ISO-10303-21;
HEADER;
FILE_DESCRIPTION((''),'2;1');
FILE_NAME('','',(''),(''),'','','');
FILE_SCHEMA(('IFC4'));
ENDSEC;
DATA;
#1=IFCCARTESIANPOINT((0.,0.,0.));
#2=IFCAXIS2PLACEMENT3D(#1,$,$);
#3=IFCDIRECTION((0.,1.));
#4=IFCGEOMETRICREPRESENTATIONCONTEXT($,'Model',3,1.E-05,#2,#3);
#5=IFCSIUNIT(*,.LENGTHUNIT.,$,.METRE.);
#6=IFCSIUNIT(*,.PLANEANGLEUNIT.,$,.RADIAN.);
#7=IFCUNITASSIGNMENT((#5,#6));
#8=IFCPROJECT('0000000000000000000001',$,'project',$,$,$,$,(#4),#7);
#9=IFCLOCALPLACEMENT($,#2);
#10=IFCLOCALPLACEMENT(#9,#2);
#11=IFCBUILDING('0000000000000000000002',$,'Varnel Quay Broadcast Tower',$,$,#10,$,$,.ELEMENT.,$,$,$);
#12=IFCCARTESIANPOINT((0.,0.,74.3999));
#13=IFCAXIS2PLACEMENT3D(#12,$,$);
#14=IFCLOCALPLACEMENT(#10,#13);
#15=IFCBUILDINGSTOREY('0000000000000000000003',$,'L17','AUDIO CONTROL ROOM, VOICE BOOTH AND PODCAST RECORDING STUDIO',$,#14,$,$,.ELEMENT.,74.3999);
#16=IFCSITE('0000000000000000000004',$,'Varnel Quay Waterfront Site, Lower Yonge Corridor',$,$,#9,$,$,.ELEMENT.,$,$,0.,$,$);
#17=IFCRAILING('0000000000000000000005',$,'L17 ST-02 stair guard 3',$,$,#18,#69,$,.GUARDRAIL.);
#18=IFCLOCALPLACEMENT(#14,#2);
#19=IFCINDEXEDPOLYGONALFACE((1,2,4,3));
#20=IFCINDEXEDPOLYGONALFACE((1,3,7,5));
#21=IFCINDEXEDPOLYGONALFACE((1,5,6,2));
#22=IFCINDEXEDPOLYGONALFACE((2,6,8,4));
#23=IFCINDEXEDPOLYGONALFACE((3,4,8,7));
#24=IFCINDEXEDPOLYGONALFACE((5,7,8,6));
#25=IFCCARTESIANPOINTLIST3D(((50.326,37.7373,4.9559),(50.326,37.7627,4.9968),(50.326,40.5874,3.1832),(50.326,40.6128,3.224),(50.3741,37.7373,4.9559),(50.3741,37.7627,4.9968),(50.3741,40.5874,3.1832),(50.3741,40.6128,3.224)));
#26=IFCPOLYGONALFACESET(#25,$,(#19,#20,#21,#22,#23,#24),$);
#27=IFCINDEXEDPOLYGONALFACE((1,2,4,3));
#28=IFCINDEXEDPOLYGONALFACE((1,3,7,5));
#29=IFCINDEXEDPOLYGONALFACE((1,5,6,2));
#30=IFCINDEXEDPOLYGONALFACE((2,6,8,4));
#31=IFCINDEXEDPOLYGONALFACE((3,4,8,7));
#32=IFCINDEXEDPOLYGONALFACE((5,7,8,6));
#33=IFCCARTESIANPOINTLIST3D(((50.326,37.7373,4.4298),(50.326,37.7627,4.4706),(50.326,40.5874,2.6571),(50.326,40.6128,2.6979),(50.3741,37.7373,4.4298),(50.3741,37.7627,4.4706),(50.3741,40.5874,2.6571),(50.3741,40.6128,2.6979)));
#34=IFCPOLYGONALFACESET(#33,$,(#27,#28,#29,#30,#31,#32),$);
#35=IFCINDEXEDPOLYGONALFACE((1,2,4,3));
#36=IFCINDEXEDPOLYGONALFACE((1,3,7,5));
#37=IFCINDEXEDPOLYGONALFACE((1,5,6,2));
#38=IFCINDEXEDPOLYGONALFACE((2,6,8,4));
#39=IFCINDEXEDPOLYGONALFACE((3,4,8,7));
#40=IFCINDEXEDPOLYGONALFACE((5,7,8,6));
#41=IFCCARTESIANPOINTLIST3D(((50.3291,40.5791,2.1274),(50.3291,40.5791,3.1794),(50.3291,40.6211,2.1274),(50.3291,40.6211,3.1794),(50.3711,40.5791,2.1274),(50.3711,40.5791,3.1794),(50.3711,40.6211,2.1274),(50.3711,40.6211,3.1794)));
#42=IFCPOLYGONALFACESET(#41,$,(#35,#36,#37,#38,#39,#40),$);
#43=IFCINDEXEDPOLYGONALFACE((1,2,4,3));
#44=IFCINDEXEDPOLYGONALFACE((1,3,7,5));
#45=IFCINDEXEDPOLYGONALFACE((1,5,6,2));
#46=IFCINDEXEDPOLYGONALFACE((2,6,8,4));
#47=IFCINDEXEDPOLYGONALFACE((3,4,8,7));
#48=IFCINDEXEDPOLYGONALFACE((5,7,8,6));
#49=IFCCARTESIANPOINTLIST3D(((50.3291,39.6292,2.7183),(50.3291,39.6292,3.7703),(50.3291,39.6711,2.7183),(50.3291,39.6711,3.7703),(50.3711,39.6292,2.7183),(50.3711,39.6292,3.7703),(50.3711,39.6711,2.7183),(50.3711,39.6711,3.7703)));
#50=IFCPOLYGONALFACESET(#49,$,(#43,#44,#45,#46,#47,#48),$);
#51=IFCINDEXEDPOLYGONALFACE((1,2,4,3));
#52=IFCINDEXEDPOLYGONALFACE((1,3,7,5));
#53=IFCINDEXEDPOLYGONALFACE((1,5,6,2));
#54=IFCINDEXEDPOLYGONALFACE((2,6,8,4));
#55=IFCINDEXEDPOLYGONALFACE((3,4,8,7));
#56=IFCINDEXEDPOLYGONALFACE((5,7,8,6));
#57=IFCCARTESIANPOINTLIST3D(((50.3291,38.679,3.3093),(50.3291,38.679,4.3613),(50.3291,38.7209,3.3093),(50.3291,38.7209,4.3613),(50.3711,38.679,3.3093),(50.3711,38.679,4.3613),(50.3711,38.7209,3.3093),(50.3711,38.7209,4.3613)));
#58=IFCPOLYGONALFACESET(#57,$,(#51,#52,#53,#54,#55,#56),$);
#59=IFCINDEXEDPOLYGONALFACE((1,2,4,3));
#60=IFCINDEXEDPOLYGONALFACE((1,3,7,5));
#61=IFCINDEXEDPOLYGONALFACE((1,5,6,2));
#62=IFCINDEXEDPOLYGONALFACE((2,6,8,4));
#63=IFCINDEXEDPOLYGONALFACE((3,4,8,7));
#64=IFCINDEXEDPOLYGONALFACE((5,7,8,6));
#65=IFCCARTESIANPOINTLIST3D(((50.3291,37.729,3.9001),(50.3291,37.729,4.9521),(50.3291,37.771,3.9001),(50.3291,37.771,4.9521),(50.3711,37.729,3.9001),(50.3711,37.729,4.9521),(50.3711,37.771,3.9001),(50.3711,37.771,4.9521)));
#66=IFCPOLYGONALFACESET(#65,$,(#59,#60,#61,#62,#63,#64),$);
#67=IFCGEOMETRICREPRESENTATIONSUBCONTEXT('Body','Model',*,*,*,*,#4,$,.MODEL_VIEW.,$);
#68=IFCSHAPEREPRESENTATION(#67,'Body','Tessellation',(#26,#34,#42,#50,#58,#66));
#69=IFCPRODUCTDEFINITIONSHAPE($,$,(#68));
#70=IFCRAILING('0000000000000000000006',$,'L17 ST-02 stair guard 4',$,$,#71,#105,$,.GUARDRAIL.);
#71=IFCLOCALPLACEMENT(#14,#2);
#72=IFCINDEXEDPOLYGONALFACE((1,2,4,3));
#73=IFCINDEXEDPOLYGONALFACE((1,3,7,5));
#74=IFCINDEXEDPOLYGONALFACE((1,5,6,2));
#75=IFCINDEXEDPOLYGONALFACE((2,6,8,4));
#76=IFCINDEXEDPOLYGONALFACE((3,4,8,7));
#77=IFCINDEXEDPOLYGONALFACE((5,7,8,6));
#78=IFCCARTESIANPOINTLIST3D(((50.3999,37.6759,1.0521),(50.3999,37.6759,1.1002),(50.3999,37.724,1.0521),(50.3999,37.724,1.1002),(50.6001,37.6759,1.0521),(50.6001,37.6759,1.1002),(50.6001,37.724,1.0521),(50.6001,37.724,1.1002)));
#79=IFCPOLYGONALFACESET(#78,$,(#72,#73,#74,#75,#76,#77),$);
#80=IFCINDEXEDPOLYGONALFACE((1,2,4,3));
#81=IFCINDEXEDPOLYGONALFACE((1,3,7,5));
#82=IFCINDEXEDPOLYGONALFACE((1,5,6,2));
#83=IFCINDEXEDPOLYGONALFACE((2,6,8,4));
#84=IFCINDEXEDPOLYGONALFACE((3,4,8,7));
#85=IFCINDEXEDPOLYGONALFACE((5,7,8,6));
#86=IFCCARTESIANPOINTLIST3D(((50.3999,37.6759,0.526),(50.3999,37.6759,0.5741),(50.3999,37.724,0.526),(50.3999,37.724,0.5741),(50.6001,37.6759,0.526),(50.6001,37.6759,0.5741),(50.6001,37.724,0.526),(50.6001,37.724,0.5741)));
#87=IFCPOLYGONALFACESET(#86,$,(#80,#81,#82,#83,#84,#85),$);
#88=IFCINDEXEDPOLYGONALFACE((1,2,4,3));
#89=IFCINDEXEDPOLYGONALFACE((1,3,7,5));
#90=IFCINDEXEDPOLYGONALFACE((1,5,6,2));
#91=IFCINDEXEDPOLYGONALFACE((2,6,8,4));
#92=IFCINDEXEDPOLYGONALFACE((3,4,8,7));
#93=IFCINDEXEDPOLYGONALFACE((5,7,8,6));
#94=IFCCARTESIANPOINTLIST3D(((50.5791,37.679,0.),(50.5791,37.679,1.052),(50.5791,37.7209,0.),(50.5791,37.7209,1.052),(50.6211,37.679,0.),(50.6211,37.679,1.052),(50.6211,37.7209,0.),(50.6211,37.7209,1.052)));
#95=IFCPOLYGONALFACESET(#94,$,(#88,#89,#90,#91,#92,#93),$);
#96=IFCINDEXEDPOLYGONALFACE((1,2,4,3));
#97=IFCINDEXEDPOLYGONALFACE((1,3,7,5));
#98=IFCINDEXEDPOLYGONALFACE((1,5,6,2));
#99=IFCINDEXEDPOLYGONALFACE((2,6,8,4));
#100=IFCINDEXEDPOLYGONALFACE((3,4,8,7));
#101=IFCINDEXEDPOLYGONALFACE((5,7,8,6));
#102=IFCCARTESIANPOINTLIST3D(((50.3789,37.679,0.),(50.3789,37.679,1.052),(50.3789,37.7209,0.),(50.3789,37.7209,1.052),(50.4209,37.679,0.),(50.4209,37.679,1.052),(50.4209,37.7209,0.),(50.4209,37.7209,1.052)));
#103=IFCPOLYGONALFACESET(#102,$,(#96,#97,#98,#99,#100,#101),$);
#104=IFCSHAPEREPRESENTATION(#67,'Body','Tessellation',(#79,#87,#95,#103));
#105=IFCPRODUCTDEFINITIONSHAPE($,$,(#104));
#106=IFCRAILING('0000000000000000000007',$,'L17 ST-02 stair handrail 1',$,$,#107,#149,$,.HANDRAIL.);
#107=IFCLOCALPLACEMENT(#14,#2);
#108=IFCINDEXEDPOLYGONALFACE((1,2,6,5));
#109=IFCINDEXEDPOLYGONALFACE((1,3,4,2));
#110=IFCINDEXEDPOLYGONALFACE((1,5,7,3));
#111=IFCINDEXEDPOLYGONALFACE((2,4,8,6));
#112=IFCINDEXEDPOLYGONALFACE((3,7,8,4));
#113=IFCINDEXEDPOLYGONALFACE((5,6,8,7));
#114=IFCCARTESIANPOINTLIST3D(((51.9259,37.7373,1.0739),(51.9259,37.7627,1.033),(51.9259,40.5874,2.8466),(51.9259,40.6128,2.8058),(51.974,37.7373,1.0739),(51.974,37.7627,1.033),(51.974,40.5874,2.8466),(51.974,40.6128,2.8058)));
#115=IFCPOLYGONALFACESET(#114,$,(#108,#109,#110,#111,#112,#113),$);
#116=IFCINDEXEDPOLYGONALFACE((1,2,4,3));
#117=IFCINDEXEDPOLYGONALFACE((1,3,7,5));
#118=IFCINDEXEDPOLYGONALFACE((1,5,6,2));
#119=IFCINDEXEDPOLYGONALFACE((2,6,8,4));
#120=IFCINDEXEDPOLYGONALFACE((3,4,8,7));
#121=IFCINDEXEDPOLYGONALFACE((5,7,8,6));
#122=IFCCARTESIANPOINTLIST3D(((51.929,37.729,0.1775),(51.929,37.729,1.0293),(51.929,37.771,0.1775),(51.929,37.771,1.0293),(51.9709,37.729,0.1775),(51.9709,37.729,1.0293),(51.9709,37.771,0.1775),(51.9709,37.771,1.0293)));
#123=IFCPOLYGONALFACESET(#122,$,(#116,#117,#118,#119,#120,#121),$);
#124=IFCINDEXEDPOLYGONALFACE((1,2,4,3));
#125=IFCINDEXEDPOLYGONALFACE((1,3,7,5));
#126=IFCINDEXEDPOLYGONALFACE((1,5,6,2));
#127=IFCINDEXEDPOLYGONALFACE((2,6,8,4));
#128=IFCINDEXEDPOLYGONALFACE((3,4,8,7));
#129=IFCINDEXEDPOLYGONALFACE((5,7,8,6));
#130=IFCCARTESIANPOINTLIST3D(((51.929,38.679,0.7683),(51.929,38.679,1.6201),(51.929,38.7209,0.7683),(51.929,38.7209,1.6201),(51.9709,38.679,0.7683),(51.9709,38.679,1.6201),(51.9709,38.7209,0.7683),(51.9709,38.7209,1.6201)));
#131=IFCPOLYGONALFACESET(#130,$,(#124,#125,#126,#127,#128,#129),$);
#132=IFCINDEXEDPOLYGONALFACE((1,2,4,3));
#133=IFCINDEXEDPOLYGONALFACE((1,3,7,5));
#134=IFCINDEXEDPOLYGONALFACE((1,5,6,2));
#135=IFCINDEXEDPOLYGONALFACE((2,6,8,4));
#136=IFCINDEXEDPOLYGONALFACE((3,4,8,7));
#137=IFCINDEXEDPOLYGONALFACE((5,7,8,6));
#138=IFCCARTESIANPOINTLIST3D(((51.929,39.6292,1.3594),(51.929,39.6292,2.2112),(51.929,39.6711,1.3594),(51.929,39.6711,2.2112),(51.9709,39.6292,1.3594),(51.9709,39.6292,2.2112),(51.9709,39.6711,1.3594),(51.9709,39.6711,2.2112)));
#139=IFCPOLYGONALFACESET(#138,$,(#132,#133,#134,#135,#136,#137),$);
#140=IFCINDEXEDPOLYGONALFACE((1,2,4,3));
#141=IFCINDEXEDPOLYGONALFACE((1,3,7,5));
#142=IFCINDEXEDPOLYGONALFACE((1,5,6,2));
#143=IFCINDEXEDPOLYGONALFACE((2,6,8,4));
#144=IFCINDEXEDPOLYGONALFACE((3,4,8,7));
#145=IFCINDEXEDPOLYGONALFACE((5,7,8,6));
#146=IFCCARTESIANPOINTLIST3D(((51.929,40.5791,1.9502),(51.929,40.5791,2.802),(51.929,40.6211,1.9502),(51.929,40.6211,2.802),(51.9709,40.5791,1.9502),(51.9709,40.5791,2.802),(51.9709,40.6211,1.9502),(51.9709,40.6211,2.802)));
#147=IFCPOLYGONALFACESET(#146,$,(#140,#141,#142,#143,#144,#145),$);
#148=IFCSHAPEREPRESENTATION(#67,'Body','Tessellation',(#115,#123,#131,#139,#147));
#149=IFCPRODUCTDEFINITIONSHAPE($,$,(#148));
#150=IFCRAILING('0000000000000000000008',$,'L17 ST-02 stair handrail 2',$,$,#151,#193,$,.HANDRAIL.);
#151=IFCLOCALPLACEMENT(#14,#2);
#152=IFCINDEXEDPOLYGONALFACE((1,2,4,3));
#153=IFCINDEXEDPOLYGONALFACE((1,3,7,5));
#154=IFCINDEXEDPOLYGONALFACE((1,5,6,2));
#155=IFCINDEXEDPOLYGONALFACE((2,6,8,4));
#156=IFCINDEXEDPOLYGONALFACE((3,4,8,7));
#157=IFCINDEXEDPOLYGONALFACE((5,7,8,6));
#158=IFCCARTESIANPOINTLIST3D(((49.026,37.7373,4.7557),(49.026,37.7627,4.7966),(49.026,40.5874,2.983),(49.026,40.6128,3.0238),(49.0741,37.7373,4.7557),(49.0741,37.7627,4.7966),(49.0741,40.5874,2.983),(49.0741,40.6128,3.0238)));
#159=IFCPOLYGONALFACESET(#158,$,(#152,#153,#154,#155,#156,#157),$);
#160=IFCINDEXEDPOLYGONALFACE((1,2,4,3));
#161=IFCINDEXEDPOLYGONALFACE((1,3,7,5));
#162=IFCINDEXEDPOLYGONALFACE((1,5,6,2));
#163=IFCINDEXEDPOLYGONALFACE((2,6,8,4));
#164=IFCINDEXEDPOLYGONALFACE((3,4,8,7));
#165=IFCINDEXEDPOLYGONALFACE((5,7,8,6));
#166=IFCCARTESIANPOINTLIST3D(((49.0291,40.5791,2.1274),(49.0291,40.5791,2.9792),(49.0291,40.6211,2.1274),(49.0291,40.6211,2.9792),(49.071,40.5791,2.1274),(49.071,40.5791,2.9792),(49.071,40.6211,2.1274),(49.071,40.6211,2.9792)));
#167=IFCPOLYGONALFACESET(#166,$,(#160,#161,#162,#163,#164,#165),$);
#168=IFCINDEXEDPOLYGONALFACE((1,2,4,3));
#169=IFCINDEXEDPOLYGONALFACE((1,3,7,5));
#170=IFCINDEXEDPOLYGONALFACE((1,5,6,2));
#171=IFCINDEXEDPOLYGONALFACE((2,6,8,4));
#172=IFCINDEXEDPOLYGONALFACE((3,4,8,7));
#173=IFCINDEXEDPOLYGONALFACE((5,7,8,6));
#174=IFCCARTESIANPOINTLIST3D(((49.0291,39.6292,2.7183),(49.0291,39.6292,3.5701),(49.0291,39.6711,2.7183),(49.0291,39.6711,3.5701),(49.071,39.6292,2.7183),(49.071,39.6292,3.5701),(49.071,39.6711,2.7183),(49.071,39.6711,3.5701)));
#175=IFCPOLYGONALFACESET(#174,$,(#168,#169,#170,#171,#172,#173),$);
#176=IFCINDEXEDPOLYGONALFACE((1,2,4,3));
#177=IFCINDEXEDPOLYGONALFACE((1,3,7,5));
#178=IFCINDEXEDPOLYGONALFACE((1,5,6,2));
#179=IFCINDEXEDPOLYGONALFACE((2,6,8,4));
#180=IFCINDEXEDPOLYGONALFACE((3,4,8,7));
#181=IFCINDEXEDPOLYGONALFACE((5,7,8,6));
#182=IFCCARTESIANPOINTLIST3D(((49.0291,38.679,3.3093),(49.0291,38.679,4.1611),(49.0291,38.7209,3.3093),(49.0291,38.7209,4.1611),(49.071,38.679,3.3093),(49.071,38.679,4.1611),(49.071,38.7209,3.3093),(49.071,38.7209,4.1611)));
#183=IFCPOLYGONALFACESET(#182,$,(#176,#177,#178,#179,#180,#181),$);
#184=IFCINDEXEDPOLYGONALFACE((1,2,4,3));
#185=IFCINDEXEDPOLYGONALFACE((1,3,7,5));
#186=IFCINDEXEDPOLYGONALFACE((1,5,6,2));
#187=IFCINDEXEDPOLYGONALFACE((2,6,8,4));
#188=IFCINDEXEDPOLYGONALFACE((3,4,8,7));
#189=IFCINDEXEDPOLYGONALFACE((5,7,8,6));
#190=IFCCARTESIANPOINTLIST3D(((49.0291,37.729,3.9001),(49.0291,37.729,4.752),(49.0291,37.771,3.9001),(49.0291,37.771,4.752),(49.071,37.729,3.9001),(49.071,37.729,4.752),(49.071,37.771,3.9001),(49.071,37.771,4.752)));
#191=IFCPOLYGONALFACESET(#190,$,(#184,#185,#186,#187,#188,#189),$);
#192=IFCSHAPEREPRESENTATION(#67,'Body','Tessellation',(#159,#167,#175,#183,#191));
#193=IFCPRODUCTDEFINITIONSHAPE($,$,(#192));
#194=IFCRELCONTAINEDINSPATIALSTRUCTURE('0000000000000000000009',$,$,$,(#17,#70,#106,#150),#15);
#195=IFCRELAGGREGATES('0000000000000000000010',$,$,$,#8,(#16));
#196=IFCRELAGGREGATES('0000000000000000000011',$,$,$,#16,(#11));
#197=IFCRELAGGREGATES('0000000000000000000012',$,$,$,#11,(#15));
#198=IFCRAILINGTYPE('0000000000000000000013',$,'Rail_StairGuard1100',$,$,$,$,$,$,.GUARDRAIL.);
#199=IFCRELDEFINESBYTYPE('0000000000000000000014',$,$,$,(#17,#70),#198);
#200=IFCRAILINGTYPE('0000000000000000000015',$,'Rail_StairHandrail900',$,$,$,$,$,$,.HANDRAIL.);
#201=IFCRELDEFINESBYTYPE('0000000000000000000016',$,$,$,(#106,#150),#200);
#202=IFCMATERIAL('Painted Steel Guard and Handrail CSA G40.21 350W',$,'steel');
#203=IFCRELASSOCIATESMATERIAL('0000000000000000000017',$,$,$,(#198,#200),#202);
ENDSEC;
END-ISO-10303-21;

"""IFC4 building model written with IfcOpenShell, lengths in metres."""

from ifc_helpers import new_model, si_unit, direction, frame, origin, origin_2d, place, context, subcontext, project, spatial, rectangle, extrude, material, type_object, element, save


model = new_model("IFC4")

# Units and contexts
model_context = context("Model", 3, precision=1e-05, world=origin(), true_north=direction((0.0, 1.0)))
body_context = subcontext(model_context, "Body", "Model", "MODEL_VIEW")
ifc_project = project(units=[si_unit("LENGTHUNIT", "METRE"), si_unit("PLANEANGLEUNIT", "RADIAN")], contexts=[model_context])

# Site, building, storey
site_placement = place(None, origin())
site = spatial("IfcSite", under=ifc_project, at=site_placement, Name="Varnel Quay Waterfront Site, Lower Yonge Corridor", CompositionType="ELEMENT", RefElevation=0.0)
building_placement = place(site_placement, origin())
building = spatial("IfcBuilding", under=site, at=building_placement, Name="Varnel Quay Broadcast Tower", CompositionType="ELEMENT")
storey_placement = place(building_placement, frame((0.0, 0.0, 74.3999)))
storey = spatial("IfcBuildingStorey", under=building, at=storey_placement, Name="L17", Description="AUDIO CONTROL ROOM, VOICE BOOTH AND PODCAST RECORDING STUDIO", CompositionType="ELEMENT", Elevation=74.3999)

# Railings
ifc_material_1 = material(Name="Painted Steel Guard and Handrail CSA G40.21 350W", Category="steel")
railing_type_1 = type_object("IfcRailingType", Name="Rail_StairGuard1100", PredefinedType="GUARDRAIL", material=ifc_material_1)
railing_1_placement = place(storey_placement, frame((50.3501, 40.6001, 2.1274)))
element("IfcRailing", 1, at=railing_1_placement, inside=storey, type_object=railing_type_1, Name="L17 ST-02 stair guard 3", PredefinedType="GUARDRAIL", context=body_context, shape_type="SweptSolid", body=[
    extrude(rectangle(XDim=0.0481, YDim=0.0481, at=origin_2d()), frame((0.0, 0.0, 1.0762), z_axis=(0.0, -0.849149, 0.528154), x_axis=(1.0, 0.0, 0.0)), (0.0, 0.0, 1.0), 3.3564),
    extrude(rectangle(XDim=0.0481, YDim=0.0481, at=origin_2d()), frame((0.0, 0.0, 0.55), z_axis=(0.0, -0.849149, 0.528154), x_axis=(1.0, 0.0, 0.0)), (0.0, 0.0, 1.0), 3.3564),
    extrude(rectangle(XDim=0.042, YDim=0.042, at=origin_2d()), origin(), (0.0, 0.0, 1.0), 1.052),
    extrude(rectangle(XDim=0.042, YDim=0.042, at=origin_2d()), frame((0.0, -0.95, 0.5908)), (0.0, 0.0, 1.0), 1.052),
    extrude(rectangle(XDim=0.042, YDim=0.042, at=origin_2d()), frame((0.0, -1.9001, 1.1819)), (0.0, 0.0, 1.0), 1.052),
    extrude(rectangle(XDim=0.042, YDim=0.042, at=origin_2d()), frame((0.0, -2.8501, 1.7727)), (0.0, 0.0, 1.0), 1.052),
])
railing_2_placement = place(storey_placement, frame((50.6001, 37.7, 0.0)))
element("IfcRailing", 2, at=railing_2_placement, inside=storey, type_object=railing_type_1, Name="L17 ST-02 stair guard 4", PredefinedType="GUARDRAIL", context=body_context, shape_type="SweptSolid", body=[
    extrude(rectangle(XDim=0.0481, YDim=0.0481, at=origin_2d()), frame((0.0, 0.0, 1.0762), z_axis=(-1.0, 0.0, 0.0), x_axis=(0.0, -1.0, 0.0)), (0.0, 0.0, 1.0), 0.2002),
    extrude(rectangle(XDim=0.0481, YDim=0.0481, at=origin_2d()), frame((0.0, 0.0, 0.55), z_axis=(-1.0, 0.0, 0.0), x_axis=(0.0, -1.0, 0.0)), (0.0, 0.0, 1.0), 0.2002),
    extrude(rectangle(XDim=0.042, YDim=0.042, at=origin_2d()), origin(), (0.0, 0.0, 1.0), 1.052),
    extrude(rectangle(XDim=0.042, YDim=0.042, at=origin_2d()), frame((-0.2002, 0.0, 0.0)), (0.0, 0.0, 1.0), 1.052),
])
railing_type_2 = type_object("IfcRailingType", Name="Rail_StairHandrail900", PredefinedType="HANDRAIL", material=ifc_material_1)
railing_3_placement = place(storey_placement, frame((51.95, 37.75, 0.1775)))
element("IfcRailing", 3, at=railing_3_placement, inside=storey, type_object=railing_type_2, Name="L17 ST-02 stair handrail 1", PredefinedType="HANDRAIL", context=body_context, shape_type="SweptSolid", body=[
    extrude(rectangle(XDim=0.0481, YDim=0.0481, at=origin_2d()), frame((0.0, 0.0, 0.876), z_axis=(0.0, 0.849149, 0.528154), x_axis=(-1.0, 0.0, 0.0)), (0.0, 0.0, 1.0), 3.3564),
    extrude(rectangle(XDim=0.042, YDim=0.042, at=origin_2d()), origin(), (0.0, 0.0, 1.0), 0.8518),
    extrude(rectangle(XDim=0.042, YDim=0.042, at=origin_2d()), frame((0.0, 0.95, 0.5908)), (0.0, 0.0, 1.0), 0.8518),
    extrude(rectangle(XDim=0.042, YDim=0.042, at=origin_2d()), frame((0.0, 1.9001, 1.1819)), (0.0, 0.0, 1.0), 0.8518),
    extrude(rectangle(XDim=0.042, YDim=0.042, at=origin_2d()), frame((0.0, 2.8501, 1.7727)), (0.0, 0.0, 1.0), 0.8518),
])
railing_4_placement = place(storey_placement, frame((49.05, 40.6001, 2.1274)))
element("IfcRailing", 4, at=railing_4_placement, inside=storey, type_object=railing_type_2, Name="L17 ST-02 stair handrail 2", PredefinedType="HANDRAIL", context=body_context, shape_type="SweptSolid", body=[
    extrude(rectangle(XDim=0.0481, YDim=0.0481, at=origin_2d()), frame((0.0, 0.0, 0.876), z_axis=(0.0, -0.849149, 0.528154), x_axis=(1.0, 0.0, 0.0)), (0.0, 0.0, 1.0), 3.3564),
    extrude(rectangle(XDim=0.042, YDim=0.042, at=origin_2d()), origin(), (0.0, 0.0, 1.0), 0.8518),
    extrude(rectangle(XDim=0.042, YDim=0.042, at=origin_2d()), frame((0.0, -0.95, 0.5908)), (0.0, 0.0, 1.0), 0.8518),
    extrude(rectangle(XDim=0.042, YDim=0.042, at=origin_2d()), frame((0.0, -1.9001, 1.1819)), (0.0, 0.0, 1.0), 0.8518),
    extrude(rectangle(XDim=0.042, YDim=0.042, at=origin_2d()), frame((0.0, -2.8501, 1.7727)), (0.0, 0.0, 1.0), 0.8518),
])

save(model, "model.ifc")
